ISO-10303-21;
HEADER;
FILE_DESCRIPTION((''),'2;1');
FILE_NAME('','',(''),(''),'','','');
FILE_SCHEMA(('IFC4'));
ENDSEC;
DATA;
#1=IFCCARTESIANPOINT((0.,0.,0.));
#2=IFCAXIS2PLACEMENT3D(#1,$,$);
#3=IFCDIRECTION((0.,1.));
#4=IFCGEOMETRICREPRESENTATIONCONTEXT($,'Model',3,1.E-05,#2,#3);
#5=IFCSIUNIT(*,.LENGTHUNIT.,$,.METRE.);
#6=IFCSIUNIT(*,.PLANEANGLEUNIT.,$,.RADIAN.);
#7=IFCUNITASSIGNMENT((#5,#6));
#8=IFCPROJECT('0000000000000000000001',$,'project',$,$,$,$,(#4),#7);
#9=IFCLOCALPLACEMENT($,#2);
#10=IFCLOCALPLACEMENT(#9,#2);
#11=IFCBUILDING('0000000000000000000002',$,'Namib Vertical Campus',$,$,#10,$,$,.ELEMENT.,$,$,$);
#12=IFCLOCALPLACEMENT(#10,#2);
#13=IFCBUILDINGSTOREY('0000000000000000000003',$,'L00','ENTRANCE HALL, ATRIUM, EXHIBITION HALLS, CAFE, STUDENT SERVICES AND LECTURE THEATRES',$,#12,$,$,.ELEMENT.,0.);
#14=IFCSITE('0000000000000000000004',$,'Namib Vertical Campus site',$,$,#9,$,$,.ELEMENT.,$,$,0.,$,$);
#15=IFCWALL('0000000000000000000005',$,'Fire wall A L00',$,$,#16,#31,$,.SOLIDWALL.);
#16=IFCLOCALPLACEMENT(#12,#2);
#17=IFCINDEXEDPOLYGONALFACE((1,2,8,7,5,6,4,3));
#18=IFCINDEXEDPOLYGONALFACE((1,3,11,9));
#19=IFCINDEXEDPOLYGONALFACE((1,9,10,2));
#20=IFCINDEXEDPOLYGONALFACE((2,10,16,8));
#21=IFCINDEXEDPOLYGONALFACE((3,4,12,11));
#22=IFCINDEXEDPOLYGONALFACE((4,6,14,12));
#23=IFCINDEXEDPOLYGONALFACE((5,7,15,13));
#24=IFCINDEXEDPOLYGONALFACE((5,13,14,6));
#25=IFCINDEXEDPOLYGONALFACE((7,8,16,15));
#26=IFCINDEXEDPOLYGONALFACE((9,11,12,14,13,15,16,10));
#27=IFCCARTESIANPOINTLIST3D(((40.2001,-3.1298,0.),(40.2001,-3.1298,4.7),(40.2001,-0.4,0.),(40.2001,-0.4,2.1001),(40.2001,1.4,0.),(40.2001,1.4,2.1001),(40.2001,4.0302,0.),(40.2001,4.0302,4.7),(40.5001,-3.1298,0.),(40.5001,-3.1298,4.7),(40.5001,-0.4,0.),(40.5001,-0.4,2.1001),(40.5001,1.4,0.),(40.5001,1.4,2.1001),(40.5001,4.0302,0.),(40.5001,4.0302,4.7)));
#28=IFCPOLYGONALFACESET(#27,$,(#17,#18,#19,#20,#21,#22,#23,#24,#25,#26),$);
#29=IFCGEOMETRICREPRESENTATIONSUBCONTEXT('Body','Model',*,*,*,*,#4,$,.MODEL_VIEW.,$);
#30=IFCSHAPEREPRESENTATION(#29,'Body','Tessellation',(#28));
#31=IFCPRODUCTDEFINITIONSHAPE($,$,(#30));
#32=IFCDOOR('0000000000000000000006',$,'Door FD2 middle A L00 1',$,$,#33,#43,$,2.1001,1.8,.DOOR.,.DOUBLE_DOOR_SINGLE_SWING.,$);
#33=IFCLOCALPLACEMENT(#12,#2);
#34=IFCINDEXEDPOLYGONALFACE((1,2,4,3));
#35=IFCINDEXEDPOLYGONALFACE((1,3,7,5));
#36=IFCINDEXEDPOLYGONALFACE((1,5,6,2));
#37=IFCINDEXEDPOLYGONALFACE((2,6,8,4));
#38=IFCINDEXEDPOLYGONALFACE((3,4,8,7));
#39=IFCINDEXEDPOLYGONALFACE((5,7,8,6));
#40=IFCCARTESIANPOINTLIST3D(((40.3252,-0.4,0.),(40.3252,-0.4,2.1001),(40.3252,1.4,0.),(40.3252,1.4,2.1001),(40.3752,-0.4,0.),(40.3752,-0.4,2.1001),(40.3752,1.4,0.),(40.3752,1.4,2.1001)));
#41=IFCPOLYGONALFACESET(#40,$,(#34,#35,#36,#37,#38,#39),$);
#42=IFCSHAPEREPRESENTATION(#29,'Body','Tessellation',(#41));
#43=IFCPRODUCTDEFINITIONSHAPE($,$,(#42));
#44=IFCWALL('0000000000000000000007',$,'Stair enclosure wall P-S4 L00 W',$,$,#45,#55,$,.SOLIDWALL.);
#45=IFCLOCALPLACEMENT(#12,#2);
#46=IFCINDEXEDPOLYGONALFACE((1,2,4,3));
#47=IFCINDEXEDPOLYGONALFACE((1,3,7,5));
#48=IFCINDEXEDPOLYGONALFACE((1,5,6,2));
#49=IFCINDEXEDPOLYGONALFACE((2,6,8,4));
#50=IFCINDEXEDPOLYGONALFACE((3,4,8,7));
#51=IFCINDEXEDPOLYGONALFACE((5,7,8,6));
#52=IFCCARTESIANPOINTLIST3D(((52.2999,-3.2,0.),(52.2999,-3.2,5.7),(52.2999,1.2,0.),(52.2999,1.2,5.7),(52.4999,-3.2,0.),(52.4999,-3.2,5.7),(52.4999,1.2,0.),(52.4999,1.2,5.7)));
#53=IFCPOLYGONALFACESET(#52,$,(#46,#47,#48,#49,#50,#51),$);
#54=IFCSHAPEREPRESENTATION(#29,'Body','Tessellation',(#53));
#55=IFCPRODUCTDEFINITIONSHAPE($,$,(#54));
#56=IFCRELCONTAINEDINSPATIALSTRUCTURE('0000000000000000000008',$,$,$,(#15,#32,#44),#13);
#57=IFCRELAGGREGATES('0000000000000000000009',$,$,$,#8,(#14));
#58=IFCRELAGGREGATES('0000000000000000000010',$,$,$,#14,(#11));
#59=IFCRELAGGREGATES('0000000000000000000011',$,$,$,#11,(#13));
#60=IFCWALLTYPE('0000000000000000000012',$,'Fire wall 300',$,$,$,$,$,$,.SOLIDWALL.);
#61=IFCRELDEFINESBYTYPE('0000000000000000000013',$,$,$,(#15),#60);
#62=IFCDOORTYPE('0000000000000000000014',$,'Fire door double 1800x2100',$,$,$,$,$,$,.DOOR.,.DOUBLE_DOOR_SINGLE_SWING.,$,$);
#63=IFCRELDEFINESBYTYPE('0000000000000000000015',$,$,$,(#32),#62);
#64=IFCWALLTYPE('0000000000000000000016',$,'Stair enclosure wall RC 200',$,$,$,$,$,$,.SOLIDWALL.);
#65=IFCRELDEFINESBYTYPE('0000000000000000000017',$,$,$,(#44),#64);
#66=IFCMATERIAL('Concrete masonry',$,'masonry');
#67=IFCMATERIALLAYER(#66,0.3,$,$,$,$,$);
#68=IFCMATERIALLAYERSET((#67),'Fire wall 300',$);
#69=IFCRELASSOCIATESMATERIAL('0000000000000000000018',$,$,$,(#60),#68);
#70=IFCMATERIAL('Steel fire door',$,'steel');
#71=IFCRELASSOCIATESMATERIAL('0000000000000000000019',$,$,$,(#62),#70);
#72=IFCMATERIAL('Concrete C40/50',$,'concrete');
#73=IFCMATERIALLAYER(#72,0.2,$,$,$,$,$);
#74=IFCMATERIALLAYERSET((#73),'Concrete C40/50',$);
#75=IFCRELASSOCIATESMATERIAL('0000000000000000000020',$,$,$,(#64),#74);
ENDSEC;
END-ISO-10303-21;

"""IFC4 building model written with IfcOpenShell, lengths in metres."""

from ifc_helpers import new_model, si_unit, direction, frame, frame_2d, origin, place, context, subcontext, project, spatial, rectangle, extrude, material, layer, layer_set, type_object, element, fill, save


model = new_model("IFC4")

# Units and contexts
model_context = context("Model", 3, precision=1e-05, world=origin(), true_north=direction((0.0, 1.0)))
body_context = subcontext(model_context, "Body", "Model", "MODEL_VIEW")
ifc_project = project(units=[si_unit("LENGTHUNIT", "METRE"), si_unit("PLANEANGLEUNIT", "RADIAN")], contexts=[model_context])

# Site, building, storey
site_placement = place(None, origin())
site = spatial("IfcSite", under=ifc_project, at=site_placement, Name="Namib Vertical Campus site", CompositionType="ELEMENT", RefElevation=0.0)
building_placement = place(site_placement, origin())
building = spatial("IfcBuilding", under=site, at=building_placement, Name="Namib Vertical Campus", CompositionType="ELEMENT")
storey_placement = place(building_placement, origin())
storey = spatial("IfcBuildingStorey", under=building, at=storey_placement, Name="L00", Description="ENTRANCE HALL, ATRIUM, EXHIBITION HALLS, CAFE, STUDENT SERVICES AND LECTURE THEATRES", CompositionType="ELEMENT", Elevation=0.0)

# Wall, opening, door
ifc_material_1 = material(Name="Concrete masonry", Category="masonry")
ifc_layer_1 = layer(ifc_material_1, 0.3)
ifc_layer_set_1 = layer_set([ifc_layer_1], Name="Fire wall 300")
wall_type_1 = type_object("IfcWallType", Name="Fire wall 300", PredefinedType="SOLIDWALL", material=ifc_layer_set_1)
wall_1_placement = place(storey_placement, frame((40.3501, -3.1299, 0.0), z_axis=(0.0, 0.0, 1.0), x_axis=(0.0, 1.0, 0.0)))
wall_1 = element("IfcWall", 1, at=wall_1_placement, inside=storey, type_object=wall_type_1, Name="Fire wall A L00", PredefinedType="SOLIDWALL", context=body_context, shape_type="SweptSolid", body=[
    extrude(rectangle(XDim=7.1599, YDim=0.3, at=frame_2d((3.5801, 0.0))), origin(), (0.0, 0.0, 1.0), 4.7),
])
opening_1_placement = place(wall_1_placement, frame((2.73, 0.0, 0.0)))
opening_1 = element("IfcOpeningElement", 2, at=opening_1_placement, cuts=wall_1, PredefinedType="OPENING", context=body_context, shape_type="SweptSolid", body=[
    extrude(rectangle(XDim=1.8, YDim=2.1001, at=frame_2d((0.8999, 1.05))), frame((0.0, 0.1599, 0.0), z_axis=(0.0, -1.0, 0.0), x_axis=(1.0, 0.0, 0.0)), (0.0, 0.0, 1.0), 0.3201),
])
ifc_material_2 = material(Name="Steel fire door", Category="steel")
door_type_1 = type_object("IfcDoorType", Name="Fire door double 1800x2100", OperationType="DOUBLE_DOOR_SINGLE_SWING", PredefinedType="DOOR", material=ifc_material_2)
door_1_placement = place(opening_1_placement, origin())
door_1 = element("IfcDoor", 3, at=door_1_placement, inside=storey, type_object=door_type_1, Name="Door FD2 middle A L00 1", OperationType="DOUBLE_DOOR_SINGLE_SWING", OverallHeight=2.1001, OverallWidth=1.8, PredefinedType="DOOR", context=body_context, shape_type="SweptSolid", body=[
    extrude(rectangle(XDim=1.8, YDim=2.1001, at=frame_2d((0.8999, 1.05))), frame((0.0, 0.0249, 0.0), z_axis=(0.0, -1.0, 0.0), x_axis=(1.0, 0.0, 0.0)), (0.0, 0.0, 1.0), 0.05),
])
fill(opening_1, door_1)

# Wall
ifc_material_3 = material(Name="Concrete C40/50", Category="concrete")
ifc_layer_2 = layer(ifc_material_3, 0.2)
ifc_layer_set_2 = layer_set([ifc_layer_2], Name="Concrete C40/50")
wall_type_2 = type_object("IfcWallType", Name="Stair enclosure wall RC 200", PredefinedType="SOLIDWALL", material=ifc_layer_set_2)
wall_2_placement = place(storey_placement, frame((52.3999, -3.2, 0.0), z_axis=(0.0, 0.0, 1.0), x_axis=(0.0, 1.0, 0.0)))
element("IfcWall", 4, at=wall_2_placement, inside=storey, type_object=wall_type_2, Name="Stair enclosure wall P-S4 L00 W", PredefinedType="SOLIDWALL", context=body_context, shape_type="SweptSolid", body=[
    extrude(rectangle(XDim=4.3999, YDim=0.2, at=frame_2d((2.2, 0.0))), origin(), (0.0, 0.0, 1.0), 5.7),
])

save(model, "model.ifc")
